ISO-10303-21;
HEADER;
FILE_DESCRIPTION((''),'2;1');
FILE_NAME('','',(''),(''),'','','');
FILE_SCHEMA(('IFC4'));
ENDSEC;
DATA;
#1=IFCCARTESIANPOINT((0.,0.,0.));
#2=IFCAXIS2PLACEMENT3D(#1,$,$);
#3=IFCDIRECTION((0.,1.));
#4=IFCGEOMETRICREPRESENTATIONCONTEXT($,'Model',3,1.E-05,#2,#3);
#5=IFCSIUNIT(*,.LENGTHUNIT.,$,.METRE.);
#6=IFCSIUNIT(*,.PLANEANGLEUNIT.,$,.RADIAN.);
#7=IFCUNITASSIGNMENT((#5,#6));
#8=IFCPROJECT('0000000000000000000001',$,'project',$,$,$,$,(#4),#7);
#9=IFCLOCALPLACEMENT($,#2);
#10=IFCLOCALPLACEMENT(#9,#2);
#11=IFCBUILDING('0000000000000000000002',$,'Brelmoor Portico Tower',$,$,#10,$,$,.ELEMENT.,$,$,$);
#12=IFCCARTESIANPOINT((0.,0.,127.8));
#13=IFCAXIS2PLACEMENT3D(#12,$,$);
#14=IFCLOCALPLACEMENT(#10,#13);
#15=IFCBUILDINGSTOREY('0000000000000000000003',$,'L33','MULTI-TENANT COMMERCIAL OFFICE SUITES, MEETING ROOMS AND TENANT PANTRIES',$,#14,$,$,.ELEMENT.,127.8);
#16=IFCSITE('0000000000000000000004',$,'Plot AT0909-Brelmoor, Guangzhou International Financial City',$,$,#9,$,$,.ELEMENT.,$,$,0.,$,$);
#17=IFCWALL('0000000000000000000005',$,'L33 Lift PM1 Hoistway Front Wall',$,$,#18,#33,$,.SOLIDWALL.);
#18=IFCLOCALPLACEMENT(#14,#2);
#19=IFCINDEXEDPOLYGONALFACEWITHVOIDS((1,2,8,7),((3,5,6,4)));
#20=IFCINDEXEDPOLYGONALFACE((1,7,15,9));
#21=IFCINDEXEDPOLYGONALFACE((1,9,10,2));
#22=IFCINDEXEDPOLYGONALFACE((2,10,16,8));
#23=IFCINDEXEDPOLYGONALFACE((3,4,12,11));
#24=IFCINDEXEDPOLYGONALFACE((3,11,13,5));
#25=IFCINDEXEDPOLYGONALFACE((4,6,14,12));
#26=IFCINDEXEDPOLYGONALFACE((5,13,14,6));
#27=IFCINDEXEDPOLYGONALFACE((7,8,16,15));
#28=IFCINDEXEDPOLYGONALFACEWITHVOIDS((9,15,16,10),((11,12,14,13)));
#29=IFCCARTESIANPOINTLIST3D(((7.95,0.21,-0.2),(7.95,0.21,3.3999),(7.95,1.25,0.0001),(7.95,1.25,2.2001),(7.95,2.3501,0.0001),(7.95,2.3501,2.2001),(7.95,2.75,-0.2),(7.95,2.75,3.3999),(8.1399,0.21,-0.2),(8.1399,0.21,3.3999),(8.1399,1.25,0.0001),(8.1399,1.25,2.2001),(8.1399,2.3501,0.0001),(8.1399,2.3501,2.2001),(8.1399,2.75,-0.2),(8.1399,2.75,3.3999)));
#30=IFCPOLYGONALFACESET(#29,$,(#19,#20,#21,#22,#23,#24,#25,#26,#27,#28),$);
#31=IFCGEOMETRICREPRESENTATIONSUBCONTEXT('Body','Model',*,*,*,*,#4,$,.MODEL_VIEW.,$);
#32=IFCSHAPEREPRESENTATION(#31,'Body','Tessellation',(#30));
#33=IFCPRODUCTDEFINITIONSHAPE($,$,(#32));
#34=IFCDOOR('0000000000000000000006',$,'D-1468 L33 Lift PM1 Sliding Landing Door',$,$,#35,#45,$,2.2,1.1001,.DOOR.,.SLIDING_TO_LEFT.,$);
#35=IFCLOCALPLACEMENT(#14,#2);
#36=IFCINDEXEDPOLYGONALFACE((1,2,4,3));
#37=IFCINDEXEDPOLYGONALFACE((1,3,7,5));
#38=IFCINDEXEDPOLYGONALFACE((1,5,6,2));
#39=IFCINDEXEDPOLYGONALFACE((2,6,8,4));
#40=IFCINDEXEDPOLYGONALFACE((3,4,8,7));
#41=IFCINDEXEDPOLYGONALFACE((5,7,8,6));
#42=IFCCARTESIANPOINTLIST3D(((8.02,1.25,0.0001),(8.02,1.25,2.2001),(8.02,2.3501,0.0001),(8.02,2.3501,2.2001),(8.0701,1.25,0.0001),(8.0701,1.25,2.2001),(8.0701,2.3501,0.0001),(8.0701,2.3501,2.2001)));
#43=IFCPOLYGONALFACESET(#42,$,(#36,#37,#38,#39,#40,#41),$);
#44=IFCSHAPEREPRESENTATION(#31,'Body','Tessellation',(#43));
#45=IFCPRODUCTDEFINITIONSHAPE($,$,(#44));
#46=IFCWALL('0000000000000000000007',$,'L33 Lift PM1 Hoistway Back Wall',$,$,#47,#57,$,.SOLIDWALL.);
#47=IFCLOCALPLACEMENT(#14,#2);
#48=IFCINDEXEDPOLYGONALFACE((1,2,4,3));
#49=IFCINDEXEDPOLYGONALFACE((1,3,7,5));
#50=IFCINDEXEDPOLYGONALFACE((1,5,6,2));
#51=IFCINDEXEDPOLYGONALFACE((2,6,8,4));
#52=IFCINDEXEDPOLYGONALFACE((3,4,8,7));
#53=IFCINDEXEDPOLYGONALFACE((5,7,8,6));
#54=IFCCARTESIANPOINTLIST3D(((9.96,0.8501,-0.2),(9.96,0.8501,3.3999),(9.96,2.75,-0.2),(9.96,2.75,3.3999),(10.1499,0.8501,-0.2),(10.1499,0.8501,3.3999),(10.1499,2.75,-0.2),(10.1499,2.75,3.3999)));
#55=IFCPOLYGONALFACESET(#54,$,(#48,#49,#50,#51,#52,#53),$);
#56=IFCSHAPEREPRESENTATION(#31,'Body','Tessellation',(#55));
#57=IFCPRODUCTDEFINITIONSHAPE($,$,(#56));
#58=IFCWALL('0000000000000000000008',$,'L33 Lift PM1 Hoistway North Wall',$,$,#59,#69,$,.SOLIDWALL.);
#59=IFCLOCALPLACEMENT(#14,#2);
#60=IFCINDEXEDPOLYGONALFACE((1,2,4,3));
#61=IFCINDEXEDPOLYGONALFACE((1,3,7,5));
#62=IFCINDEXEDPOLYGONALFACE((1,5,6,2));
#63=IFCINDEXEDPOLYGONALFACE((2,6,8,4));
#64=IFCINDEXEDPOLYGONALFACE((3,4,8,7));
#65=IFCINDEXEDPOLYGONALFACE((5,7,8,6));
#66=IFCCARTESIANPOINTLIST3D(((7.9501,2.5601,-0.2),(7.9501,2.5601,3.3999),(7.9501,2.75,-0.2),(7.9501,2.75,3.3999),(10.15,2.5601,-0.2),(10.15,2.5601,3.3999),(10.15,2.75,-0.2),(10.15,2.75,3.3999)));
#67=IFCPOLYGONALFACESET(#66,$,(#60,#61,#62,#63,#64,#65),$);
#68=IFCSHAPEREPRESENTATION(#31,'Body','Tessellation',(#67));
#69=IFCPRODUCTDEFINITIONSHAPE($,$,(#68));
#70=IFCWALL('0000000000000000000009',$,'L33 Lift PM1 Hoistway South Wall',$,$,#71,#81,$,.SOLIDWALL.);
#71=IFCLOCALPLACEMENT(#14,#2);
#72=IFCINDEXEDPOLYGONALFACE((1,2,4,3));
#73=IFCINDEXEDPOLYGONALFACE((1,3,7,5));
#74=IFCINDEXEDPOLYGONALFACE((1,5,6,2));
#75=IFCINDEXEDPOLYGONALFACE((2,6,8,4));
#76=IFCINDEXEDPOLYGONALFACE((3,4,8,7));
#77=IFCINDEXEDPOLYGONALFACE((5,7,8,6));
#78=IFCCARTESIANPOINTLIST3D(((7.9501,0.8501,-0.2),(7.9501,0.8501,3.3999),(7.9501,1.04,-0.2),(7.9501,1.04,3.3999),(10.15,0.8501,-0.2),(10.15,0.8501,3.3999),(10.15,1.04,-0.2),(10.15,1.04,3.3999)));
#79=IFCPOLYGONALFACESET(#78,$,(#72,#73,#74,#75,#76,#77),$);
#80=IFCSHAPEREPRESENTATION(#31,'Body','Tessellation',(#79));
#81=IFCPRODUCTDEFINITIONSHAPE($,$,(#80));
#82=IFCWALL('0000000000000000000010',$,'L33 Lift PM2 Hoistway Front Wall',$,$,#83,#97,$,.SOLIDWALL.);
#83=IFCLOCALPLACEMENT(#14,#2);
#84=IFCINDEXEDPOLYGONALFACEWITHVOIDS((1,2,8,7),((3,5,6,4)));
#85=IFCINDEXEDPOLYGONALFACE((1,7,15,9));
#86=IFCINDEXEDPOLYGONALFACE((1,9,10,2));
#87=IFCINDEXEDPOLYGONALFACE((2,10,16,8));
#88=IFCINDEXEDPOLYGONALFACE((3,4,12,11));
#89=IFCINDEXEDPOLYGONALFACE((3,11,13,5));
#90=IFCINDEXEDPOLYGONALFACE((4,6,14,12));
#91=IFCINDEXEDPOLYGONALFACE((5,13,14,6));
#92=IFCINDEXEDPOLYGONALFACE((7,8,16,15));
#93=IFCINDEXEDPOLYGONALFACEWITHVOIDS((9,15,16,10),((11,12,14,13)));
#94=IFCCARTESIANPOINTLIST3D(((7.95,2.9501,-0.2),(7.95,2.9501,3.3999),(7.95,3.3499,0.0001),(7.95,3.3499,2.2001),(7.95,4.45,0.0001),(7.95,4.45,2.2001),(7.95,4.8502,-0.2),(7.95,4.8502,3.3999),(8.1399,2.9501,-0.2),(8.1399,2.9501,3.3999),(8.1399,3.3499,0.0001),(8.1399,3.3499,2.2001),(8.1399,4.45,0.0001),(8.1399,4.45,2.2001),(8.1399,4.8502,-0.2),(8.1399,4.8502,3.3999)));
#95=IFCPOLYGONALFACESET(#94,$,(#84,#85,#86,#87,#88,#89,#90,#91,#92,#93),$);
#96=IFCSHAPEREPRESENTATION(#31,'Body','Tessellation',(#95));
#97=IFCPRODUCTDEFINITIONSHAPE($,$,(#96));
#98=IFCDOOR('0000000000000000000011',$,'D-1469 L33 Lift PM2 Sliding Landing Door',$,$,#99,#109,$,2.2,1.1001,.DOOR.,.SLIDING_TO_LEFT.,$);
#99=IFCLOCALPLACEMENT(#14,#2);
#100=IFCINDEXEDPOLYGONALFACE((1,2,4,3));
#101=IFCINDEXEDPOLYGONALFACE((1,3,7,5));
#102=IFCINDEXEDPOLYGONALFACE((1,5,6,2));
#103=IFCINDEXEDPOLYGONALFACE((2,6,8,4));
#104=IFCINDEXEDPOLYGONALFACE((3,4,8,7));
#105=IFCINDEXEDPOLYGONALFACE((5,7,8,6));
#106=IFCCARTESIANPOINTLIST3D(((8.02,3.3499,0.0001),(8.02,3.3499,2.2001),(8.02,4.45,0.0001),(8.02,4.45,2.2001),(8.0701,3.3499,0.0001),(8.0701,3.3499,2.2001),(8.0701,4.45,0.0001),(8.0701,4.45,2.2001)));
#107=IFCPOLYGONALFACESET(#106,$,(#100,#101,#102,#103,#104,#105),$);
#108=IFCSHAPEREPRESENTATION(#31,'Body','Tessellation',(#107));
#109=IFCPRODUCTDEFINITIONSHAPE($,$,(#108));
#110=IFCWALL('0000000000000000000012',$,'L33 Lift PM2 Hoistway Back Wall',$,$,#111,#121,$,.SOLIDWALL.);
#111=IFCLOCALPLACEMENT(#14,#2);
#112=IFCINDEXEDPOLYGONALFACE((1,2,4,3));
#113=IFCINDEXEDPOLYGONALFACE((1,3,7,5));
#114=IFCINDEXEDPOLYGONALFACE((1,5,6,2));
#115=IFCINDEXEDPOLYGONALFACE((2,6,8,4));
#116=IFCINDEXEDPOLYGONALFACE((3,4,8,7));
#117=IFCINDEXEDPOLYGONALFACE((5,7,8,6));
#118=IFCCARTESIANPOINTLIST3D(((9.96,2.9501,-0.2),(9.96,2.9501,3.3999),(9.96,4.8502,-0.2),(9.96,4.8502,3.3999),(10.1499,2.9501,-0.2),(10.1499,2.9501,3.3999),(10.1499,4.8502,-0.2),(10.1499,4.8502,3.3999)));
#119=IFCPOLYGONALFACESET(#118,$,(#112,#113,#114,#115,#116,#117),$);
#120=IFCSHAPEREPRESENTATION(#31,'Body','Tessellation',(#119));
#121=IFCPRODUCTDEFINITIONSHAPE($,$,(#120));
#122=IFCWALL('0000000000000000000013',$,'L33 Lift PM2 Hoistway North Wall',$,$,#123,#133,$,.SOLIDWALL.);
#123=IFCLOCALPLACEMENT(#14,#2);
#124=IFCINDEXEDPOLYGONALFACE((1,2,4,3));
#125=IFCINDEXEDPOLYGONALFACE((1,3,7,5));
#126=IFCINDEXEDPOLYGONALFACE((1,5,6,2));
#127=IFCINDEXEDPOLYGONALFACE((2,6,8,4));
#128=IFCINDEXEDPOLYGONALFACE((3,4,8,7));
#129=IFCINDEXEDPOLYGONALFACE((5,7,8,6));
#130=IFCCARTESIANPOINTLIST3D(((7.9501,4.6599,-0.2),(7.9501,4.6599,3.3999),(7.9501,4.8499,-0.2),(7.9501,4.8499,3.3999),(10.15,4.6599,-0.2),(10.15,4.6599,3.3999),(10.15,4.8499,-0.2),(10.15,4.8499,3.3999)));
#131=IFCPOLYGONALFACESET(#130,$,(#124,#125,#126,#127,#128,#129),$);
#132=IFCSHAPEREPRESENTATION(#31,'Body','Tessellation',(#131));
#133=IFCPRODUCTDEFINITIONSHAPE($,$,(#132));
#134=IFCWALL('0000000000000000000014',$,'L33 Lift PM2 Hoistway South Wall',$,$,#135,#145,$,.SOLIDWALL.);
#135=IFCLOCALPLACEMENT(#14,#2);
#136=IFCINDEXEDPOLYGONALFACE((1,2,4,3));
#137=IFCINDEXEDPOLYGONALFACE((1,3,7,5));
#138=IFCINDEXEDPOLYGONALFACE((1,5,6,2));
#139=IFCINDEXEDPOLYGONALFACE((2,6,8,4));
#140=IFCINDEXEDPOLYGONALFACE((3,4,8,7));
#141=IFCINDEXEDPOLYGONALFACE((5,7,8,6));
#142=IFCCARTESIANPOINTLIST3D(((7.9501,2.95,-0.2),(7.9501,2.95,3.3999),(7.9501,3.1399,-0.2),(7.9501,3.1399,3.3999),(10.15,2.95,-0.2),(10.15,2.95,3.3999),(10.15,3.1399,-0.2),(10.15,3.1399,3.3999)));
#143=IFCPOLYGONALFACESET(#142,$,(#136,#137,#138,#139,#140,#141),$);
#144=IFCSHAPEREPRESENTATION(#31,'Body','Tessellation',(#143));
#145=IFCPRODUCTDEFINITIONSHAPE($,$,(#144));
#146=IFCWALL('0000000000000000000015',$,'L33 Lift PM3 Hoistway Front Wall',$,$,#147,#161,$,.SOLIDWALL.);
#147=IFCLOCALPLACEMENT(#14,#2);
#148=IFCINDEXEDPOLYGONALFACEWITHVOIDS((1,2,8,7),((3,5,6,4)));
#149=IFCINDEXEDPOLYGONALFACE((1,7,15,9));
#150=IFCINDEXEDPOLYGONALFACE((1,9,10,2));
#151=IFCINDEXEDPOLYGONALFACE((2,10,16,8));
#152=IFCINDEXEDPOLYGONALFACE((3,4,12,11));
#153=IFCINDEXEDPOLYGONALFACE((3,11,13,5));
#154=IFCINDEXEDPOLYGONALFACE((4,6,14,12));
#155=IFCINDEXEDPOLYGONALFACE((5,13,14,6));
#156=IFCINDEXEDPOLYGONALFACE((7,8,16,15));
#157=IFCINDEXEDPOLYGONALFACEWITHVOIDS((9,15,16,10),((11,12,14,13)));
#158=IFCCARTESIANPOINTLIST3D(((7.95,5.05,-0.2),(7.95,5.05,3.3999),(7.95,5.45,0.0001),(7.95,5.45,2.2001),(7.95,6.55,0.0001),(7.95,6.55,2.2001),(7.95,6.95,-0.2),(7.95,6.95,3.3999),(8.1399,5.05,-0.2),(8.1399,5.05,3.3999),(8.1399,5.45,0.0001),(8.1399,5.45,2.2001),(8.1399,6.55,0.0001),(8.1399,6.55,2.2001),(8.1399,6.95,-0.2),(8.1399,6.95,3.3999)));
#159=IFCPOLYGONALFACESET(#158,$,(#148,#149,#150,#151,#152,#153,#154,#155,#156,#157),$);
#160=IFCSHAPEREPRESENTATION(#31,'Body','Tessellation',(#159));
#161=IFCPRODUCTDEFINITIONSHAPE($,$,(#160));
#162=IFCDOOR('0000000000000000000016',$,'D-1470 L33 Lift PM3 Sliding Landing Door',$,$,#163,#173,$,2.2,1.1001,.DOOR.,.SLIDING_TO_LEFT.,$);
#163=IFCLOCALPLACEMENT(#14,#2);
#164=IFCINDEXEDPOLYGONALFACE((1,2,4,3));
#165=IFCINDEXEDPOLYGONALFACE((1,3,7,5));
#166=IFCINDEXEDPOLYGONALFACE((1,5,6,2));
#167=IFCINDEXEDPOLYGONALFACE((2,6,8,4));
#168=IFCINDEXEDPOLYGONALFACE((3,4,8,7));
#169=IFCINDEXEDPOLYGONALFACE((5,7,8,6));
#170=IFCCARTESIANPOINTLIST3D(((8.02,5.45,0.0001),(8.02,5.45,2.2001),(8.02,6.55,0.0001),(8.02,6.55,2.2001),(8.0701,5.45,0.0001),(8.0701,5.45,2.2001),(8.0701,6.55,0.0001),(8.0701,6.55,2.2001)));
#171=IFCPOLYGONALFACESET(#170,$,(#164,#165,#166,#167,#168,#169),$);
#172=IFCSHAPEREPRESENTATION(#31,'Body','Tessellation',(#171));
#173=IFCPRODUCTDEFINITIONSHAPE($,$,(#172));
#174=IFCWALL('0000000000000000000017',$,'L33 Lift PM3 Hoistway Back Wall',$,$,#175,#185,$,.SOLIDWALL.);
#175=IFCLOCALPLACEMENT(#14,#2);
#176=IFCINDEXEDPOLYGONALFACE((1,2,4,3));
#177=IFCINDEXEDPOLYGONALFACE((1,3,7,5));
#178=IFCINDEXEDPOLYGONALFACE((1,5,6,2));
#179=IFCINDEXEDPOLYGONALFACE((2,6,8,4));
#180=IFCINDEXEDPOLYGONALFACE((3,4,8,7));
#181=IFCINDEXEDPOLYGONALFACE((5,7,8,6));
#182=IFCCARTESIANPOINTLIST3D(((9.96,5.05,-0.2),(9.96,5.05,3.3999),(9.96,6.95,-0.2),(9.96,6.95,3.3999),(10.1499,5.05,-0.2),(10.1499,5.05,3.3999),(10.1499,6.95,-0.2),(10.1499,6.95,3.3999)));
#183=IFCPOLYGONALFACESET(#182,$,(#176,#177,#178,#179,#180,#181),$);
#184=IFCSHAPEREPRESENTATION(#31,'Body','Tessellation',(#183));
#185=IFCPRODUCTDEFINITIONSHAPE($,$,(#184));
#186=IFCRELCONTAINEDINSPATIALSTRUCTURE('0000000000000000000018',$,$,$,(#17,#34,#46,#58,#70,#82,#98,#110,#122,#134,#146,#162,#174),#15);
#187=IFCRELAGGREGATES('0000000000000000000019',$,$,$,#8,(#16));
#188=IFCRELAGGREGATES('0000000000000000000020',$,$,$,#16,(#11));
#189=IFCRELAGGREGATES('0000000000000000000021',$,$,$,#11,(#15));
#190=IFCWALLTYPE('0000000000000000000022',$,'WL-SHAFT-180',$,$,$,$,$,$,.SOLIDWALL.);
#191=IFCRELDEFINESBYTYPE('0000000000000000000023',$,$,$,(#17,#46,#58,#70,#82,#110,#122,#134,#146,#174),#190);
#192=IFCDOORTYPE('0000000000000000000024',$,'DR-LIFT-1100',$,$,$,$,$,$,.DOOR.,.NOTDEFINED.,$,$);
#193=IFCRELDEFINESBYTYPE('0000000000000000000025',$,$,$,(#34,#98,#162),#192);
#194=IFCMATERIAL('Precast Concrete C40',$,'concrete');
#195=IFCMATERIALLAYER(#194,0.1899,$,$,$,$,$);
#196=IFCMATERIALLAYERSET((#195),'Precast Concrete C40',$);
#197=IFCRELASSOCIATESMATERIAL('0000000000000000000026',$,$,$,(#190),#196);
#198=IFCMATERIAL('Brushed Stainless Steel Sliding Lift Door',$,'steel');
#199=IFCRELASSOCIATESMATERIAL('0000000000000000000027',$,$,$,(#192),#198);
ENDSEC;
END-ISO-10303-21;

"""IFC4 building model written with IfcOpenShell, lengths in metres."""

from ifc_helpers import new_model, si_unit, direction, frame, frame_2d, origin, place, context, subcontext, project, spatial, rectangle, extrude, material, layer, layer_set, type_object, element, fill, save


model = new_model("IFC4")

# Units and contexts
model_context = context("Model", 3, precision=1e-05, world=origin(), true_north=direction((0.0, 1.0)))
body_context = subcontext(model_context, "Body", "Model", "MODEL_VIEW")
ifc_project = project(units=[si_unit("LENGTHUNIT", "METRE"), si_unit("PLANEANGLEUNIT", "RADIAN")], contexts=[model_context])

# Site, building, storey
site_placement = place(None, origin())
site = spatial("IfcSite", under=ifc_project, at=site_placement, Name="Plot AT0909-Brelmoor, Guangzhou International Financial City", CompositionType="ELEMENT", RefElevation=0.0)
building_placement = place(site_placement, origin())
building = spatial("IfcBuilding", under=site, at=building_placement, Name="Brelmoor Portico Tower", CompositionType="ELEMENT")
storey_placement = place(building_placement, frame((0.0, 0.0, 127.8)))
storey = spatial("IfcBuildingStorey", under=building, at=storey_placement, Name="L33", Description="MULTI-TENANT COMMERCIAL OFFICE SUITES, MEETING ROOMS AND TENANT PANTRIES", CompositionType="ELEMENT", Elevation=127.8)

# Wall, opening, door
ifc_material_1 = material(Name="Precast Concrete C40", Category="concrete")
ifc_layer_1 = layer(ifc_material_1, 0.1899)
ifc_layer_set_1 = layer_set([ifc_layer_1], Name="Precast Concrete C40")
wall_type_1 = type_object("IfcWallType", Name="WL-SHAFT-180", PredefinedType="SOLIDWALL", material=ifc_layer_set_1)
wall_1_placement = place(storey_placement, frame((8.0449, 0.21, -0.2), z_axis=(0.0, 0.0, 1.0), x_axis=(0.0, 1.0, 0.0)))
wall_1 = element("IfcWall", 1, at=wall_1_placement, inside=storey, type_object=wall_type_1, Name="L33 Lift PM1 Hoistway Front Wall", PredefinedType="SOLIDWALL", context=body_context, shape_type="SweptSolid", body=[
    extrude(rectangle(XDim=2.54, YDim=0.1899, at=frame_2d((1.27, 0.0))), origin(), (0.0, 0.0, 1.0), 3.5999),
])
opening_1_placement = place(wall_1_placement, frame((1.04, 0.0, 0.2)))
opening_1 = element("IfcOpeningElement", 2, at=opening_1_placement, cuts=wall_1, PredefinedType="OPENING", context=body_context, shape_type="SweptSolid", body=[
    extrude(rectangle(XDim=1.1001, YDim=2.2, at=frame_2d((0.55, 1.1001))), frame((0.0, 0.105, 0.0), z_axis=(0.0, -1.0, 0.0), x_axis=(1.0, 0.0, 0.0)), (0.0, 0.0, 1.0), 0.21),
])
ifc_material_2 = material(Name="Brushed Stainless Steel Sliding Lift Door", Category="steel")
door_type_1 = type_object("IfcDoorType", Name="DR-LIFT-1100", OperationType="NOTDEFINED", PredefinedType="DOOR", material=ifc_material_2)
door_1_placement = place(opening_1_placement, origin())
door_1 = element("IfcDoor", 3, at=door_1_placement, inside=storey, type_object=door_type_1, Name="D-1468 L33 Lift PM1 Sliding Landing Door", OperationType="SLIDING_TO_LEFT", OverallHeight=2.2, OverallWidth=1.1001, PredefinedType="DOOR", context=body_context, shape_type="SweptSolid", body=[
    extrude(rectangle(XDim=1.1001, YDim=2.2, at=frame_2d((0.55, 1.1001))), frame((0.0, 0.0249, 0.0), z_axis=(0.0, -1.0, 0.0), x_axis=(1.0, 0.0, 0.0)), (0.0, 0.0, 1.0), 0.05),
])
fill(opening_1, door_1)

# Walls
wall_2_placement = place(storey_placement, frame((10.0549, 0.8501, -0.2), z_axis=(0.0, 0.0, 1.0), x_axis=(0.0, 1.0, 0.0)))
element("IfcWall", 4, at=wall_2_placement, inside=storey, type_object=wall_type_1, Name="L33 Lift PM1 Hoistway Back Wall", PredefinedType="SOLIDWALL", context=body_context, shape_type="SweptSolid", body=[
    extrude(rectangle(XDim=1.8999, YDim=0.1899, at=frame_2d((0.95, 0.0))), origin(), (0.0, 0.0, 1.0), 3.5999),
])
for number, where, z_axis, x_axis, name in (
    (5, (7.95, 2.655, -0.2), (0.0, 0.0, 1.0), (1.0, 0.0, 0.0), "L33 Lift PM1 Hoistway North Wall"),
    (6, (7.95, 0.9451, -0.2), (0.0, 0.0, 1.0), (1.0, 0.0, 0.0), "L33 Lift PM1 Hoistway South Wall"),
):
    element("IfcWall", number, at=place(storey_placement, frame(where, z_axis=z_axis, x_axis=x_axis)), inside=storey, type_object=wall_type_1, Name=name, PredefinedType="SOLIDWALL", context=body_context, shape_type="SweptSolid", body=[
        extrude(rectangle(XDim=2.2, YDim=0.1899, at=frame_2d((1.1001, 0.0))), origin(), (0.0, 0.0, 1.0), 3.5999),
    ])

# Wall, opening, door
wall_3_placement = place(storey_placement, frame((8.0449, 2.95, -0.2), z_axis=(0.0, 0.0, 1.0), x_axis=(0.0, 1.0, 0.0)))
wall_3 = element("IfcWall", 7, at=wall_3_placement, inside=storey, type_object=wall_type_1, Name="L33 Lift PM2 Hoistway Front Wall", PredefinedType="SOLIDWALL", context=body_context, shape_type="SweptSolid", body=[
    extrude(rectangle(XDim=1.9001, YDim=0.1899, at=frame_2d((0.9502, 0.0))), origin(), (0.0, 0.0, 1.0), 3.5999),
])
opening_2_placement = place(wall_3_placement, frame((0.3999, 0.0, 0.2)))
opening_2 = element("IfcOpeningElement", 8, at=opening_2_placement, cuts=wall_3, PredefinedType="OPENING", context=body_context, shape_type="SweptSolid", body=[
    extrude(rectangle(XDim=1.1001, YDim=2.2, at=frame_2d((0.55, 1.1001))), frame((0.0, 0.105, 0.0), z_axis=(0.0, -1.0, 0.0), x_axis=(1.0, 0.0, 0.0)), (0.0, 0.0, 1.0), 0.21),
])
door_2_placement = place(opening_2_placement, origin())
door_2 = element("IfcDoor", 9, at=door_2_placement, inside=storey, type_object=door_type_1, Name="D-1469 L33 Lift PM2 Sliding Landing Door", OperationType="SLIDING_TO_LEFT", OverallHeight=2.2, OverallWidth=1.1001, PredefinedType="DOOR", context=body_context, shape_type="SweptSolid", body=[
    extrude(rectangle(XDim=1.1001, YDim=2.2, at=frame_2d((0.55, 1.1001))), frame((0.0, 0.0249, 0.0), z_axis=(0.0, -1.0, 0.0), x_axis=(1.0, 0.0, 0.0)), (0.0, 0.0, 1.0), 0.05),
])
fill(opening_2, door_2)

# Walls
wall_4_placement = place(storey_placement, frame((10.0549, 2.95, -0.2), z_axis=(0.0, 0.0, 1.0), x_axis=(0.0, 1.0, 0.0)))
element("IfcWall", 10, at=wall_4_placement, inside=storey, type_object=wall_type_1, Name="L33 Lift PM2 Hoistway Back Wall", PredefinedType="SOLIDWALL", context=body_context, shape_type="SweptSolid", body=[
    extrude(rectangle(XDim=1.9001, YDim=0.1899, at=frame_2d((0.9502, 0.0))), origin(), (0.0, 0.0, 1.0), 3.5999),
])
for number, where, z_axis, x_axis, name in (
    (11, (7.95, 4.7549, -0.2), (0.0, 0.0, 1.0), (1.0, 0.0, 0.0), "L33 Lift PM2 Hoistway North Wall"),
    (12, (7.95, 3.0449, -0.2), (0.0, 0.0, 1.0), (1.0, 0.0, 0.0), "L33 Lift PM2 Hoistway South Wall"),
):
    element("IfcWall", number, at=place(storey_placement, frame(where, z_axis=z_axis, x_axis=x_axis)), inside=storey, type_object=wall_type_1, Name=name, PredefinedType="SOLIDWALL", context=body_context, shape_type="SweptSolid", body=[
        extrude(rectangle(XDim=2.2, YDim=0.1899, at=frame_2d((1.1001, 0.0))), origin(), (0.0, 0.0, 1.0), 3.5999),
    ])

# Wall, opening, door
wall_5_placement = place(storey_placement, frame((8.0449, 5.05, -0.2), z_axis=(0.0, 0.0, 1.0), x_axis=(0.0, 1.0, 0.0)))
wall_5 = element("IfcWall", 13, at=wall_5_placement, inside=storey, type_object=wall_type_1, Name="L33 Lift PM3 Hoistway Front Wall", PredefinedType="SOLIDWALL", context=body_context, shape_type="SweptSolid", body=[
    extrude(rectangle(XDim=1.8999, YDim=0.1899, at=frame_2d((0.95, 0.0))), origin(), (0.0, 0.0, 1.0), 3.5999),
])
opening_3_placement = place(wall_5_placement, frame((0.3999, 0.0, 0.2)))
opening_3 = element("IfcOpeningElement", 14, at=opening_3_placement, cuts=wall_5, PredefinedType="OPENING", context=body_context, shape_type="SweptSolid", body=[
    extrude(rectangle(XDim=1.1001, YDim=2.2, at=frame_2d((0.55, 1.1001))), frame((0.0, 0.105, 0.0), z_axis=(0.0, -1.0, 0.0), x_axis=(1.0, 0.0, 0.0)), (0.0, 0.0, 1.0), 0.21),
])
door_3_placement = place(opening_3_placement, origin())
door_3 = element("IfcDoor", 15, at=door_3_placement, inside=storey, type_object=door_type_1, Name="D-1470 L33 Lift PM3 Sliding Landing Door", OperationType="SLIDING_TO_LEFT", OverallHeight=2.2, OverallWidth=1.1001, PredefinedType="DOOR", context=body_context, shape_type="SweptSolid", body=[
    extrude(rectangle(XDim=1.1001, YDim=2.2, at=frame_2d((0.55, 1.1001))), frame((0.0, 0.0249, 0.0), z_axis=(0.0, -1.0, 0.0), x_axis=(1.0, 0.0, 0.0)), (0.0, 0.0, 1.0), 0.05),
])
fill(opening_3, door_3)

# Wall
wall_6_placement = place(storey_placement, frame((10.0549, 5.05, -0.2), z_axis=(0.0, 0.0, 1.0), x_axis=(0.0, 1.0, 0.0)))
element("IfcWall", 16, at=wall_6_placement, inside=storey, type_object=wall_type_1, Name="L33 Lift PM3 Hoistway Back Wall", PredefinedType="SOLIDWALL", context=body_context, shape_type="SweptSolid", body=[
    extrude(rectangle(XDim=1.8999, YDim=0.1899, at=frame_2d((0.95, 0.0))), origin(), (0.0, 0.0, 1.0), 3.5999),
])

save(model, "model.ifc")
